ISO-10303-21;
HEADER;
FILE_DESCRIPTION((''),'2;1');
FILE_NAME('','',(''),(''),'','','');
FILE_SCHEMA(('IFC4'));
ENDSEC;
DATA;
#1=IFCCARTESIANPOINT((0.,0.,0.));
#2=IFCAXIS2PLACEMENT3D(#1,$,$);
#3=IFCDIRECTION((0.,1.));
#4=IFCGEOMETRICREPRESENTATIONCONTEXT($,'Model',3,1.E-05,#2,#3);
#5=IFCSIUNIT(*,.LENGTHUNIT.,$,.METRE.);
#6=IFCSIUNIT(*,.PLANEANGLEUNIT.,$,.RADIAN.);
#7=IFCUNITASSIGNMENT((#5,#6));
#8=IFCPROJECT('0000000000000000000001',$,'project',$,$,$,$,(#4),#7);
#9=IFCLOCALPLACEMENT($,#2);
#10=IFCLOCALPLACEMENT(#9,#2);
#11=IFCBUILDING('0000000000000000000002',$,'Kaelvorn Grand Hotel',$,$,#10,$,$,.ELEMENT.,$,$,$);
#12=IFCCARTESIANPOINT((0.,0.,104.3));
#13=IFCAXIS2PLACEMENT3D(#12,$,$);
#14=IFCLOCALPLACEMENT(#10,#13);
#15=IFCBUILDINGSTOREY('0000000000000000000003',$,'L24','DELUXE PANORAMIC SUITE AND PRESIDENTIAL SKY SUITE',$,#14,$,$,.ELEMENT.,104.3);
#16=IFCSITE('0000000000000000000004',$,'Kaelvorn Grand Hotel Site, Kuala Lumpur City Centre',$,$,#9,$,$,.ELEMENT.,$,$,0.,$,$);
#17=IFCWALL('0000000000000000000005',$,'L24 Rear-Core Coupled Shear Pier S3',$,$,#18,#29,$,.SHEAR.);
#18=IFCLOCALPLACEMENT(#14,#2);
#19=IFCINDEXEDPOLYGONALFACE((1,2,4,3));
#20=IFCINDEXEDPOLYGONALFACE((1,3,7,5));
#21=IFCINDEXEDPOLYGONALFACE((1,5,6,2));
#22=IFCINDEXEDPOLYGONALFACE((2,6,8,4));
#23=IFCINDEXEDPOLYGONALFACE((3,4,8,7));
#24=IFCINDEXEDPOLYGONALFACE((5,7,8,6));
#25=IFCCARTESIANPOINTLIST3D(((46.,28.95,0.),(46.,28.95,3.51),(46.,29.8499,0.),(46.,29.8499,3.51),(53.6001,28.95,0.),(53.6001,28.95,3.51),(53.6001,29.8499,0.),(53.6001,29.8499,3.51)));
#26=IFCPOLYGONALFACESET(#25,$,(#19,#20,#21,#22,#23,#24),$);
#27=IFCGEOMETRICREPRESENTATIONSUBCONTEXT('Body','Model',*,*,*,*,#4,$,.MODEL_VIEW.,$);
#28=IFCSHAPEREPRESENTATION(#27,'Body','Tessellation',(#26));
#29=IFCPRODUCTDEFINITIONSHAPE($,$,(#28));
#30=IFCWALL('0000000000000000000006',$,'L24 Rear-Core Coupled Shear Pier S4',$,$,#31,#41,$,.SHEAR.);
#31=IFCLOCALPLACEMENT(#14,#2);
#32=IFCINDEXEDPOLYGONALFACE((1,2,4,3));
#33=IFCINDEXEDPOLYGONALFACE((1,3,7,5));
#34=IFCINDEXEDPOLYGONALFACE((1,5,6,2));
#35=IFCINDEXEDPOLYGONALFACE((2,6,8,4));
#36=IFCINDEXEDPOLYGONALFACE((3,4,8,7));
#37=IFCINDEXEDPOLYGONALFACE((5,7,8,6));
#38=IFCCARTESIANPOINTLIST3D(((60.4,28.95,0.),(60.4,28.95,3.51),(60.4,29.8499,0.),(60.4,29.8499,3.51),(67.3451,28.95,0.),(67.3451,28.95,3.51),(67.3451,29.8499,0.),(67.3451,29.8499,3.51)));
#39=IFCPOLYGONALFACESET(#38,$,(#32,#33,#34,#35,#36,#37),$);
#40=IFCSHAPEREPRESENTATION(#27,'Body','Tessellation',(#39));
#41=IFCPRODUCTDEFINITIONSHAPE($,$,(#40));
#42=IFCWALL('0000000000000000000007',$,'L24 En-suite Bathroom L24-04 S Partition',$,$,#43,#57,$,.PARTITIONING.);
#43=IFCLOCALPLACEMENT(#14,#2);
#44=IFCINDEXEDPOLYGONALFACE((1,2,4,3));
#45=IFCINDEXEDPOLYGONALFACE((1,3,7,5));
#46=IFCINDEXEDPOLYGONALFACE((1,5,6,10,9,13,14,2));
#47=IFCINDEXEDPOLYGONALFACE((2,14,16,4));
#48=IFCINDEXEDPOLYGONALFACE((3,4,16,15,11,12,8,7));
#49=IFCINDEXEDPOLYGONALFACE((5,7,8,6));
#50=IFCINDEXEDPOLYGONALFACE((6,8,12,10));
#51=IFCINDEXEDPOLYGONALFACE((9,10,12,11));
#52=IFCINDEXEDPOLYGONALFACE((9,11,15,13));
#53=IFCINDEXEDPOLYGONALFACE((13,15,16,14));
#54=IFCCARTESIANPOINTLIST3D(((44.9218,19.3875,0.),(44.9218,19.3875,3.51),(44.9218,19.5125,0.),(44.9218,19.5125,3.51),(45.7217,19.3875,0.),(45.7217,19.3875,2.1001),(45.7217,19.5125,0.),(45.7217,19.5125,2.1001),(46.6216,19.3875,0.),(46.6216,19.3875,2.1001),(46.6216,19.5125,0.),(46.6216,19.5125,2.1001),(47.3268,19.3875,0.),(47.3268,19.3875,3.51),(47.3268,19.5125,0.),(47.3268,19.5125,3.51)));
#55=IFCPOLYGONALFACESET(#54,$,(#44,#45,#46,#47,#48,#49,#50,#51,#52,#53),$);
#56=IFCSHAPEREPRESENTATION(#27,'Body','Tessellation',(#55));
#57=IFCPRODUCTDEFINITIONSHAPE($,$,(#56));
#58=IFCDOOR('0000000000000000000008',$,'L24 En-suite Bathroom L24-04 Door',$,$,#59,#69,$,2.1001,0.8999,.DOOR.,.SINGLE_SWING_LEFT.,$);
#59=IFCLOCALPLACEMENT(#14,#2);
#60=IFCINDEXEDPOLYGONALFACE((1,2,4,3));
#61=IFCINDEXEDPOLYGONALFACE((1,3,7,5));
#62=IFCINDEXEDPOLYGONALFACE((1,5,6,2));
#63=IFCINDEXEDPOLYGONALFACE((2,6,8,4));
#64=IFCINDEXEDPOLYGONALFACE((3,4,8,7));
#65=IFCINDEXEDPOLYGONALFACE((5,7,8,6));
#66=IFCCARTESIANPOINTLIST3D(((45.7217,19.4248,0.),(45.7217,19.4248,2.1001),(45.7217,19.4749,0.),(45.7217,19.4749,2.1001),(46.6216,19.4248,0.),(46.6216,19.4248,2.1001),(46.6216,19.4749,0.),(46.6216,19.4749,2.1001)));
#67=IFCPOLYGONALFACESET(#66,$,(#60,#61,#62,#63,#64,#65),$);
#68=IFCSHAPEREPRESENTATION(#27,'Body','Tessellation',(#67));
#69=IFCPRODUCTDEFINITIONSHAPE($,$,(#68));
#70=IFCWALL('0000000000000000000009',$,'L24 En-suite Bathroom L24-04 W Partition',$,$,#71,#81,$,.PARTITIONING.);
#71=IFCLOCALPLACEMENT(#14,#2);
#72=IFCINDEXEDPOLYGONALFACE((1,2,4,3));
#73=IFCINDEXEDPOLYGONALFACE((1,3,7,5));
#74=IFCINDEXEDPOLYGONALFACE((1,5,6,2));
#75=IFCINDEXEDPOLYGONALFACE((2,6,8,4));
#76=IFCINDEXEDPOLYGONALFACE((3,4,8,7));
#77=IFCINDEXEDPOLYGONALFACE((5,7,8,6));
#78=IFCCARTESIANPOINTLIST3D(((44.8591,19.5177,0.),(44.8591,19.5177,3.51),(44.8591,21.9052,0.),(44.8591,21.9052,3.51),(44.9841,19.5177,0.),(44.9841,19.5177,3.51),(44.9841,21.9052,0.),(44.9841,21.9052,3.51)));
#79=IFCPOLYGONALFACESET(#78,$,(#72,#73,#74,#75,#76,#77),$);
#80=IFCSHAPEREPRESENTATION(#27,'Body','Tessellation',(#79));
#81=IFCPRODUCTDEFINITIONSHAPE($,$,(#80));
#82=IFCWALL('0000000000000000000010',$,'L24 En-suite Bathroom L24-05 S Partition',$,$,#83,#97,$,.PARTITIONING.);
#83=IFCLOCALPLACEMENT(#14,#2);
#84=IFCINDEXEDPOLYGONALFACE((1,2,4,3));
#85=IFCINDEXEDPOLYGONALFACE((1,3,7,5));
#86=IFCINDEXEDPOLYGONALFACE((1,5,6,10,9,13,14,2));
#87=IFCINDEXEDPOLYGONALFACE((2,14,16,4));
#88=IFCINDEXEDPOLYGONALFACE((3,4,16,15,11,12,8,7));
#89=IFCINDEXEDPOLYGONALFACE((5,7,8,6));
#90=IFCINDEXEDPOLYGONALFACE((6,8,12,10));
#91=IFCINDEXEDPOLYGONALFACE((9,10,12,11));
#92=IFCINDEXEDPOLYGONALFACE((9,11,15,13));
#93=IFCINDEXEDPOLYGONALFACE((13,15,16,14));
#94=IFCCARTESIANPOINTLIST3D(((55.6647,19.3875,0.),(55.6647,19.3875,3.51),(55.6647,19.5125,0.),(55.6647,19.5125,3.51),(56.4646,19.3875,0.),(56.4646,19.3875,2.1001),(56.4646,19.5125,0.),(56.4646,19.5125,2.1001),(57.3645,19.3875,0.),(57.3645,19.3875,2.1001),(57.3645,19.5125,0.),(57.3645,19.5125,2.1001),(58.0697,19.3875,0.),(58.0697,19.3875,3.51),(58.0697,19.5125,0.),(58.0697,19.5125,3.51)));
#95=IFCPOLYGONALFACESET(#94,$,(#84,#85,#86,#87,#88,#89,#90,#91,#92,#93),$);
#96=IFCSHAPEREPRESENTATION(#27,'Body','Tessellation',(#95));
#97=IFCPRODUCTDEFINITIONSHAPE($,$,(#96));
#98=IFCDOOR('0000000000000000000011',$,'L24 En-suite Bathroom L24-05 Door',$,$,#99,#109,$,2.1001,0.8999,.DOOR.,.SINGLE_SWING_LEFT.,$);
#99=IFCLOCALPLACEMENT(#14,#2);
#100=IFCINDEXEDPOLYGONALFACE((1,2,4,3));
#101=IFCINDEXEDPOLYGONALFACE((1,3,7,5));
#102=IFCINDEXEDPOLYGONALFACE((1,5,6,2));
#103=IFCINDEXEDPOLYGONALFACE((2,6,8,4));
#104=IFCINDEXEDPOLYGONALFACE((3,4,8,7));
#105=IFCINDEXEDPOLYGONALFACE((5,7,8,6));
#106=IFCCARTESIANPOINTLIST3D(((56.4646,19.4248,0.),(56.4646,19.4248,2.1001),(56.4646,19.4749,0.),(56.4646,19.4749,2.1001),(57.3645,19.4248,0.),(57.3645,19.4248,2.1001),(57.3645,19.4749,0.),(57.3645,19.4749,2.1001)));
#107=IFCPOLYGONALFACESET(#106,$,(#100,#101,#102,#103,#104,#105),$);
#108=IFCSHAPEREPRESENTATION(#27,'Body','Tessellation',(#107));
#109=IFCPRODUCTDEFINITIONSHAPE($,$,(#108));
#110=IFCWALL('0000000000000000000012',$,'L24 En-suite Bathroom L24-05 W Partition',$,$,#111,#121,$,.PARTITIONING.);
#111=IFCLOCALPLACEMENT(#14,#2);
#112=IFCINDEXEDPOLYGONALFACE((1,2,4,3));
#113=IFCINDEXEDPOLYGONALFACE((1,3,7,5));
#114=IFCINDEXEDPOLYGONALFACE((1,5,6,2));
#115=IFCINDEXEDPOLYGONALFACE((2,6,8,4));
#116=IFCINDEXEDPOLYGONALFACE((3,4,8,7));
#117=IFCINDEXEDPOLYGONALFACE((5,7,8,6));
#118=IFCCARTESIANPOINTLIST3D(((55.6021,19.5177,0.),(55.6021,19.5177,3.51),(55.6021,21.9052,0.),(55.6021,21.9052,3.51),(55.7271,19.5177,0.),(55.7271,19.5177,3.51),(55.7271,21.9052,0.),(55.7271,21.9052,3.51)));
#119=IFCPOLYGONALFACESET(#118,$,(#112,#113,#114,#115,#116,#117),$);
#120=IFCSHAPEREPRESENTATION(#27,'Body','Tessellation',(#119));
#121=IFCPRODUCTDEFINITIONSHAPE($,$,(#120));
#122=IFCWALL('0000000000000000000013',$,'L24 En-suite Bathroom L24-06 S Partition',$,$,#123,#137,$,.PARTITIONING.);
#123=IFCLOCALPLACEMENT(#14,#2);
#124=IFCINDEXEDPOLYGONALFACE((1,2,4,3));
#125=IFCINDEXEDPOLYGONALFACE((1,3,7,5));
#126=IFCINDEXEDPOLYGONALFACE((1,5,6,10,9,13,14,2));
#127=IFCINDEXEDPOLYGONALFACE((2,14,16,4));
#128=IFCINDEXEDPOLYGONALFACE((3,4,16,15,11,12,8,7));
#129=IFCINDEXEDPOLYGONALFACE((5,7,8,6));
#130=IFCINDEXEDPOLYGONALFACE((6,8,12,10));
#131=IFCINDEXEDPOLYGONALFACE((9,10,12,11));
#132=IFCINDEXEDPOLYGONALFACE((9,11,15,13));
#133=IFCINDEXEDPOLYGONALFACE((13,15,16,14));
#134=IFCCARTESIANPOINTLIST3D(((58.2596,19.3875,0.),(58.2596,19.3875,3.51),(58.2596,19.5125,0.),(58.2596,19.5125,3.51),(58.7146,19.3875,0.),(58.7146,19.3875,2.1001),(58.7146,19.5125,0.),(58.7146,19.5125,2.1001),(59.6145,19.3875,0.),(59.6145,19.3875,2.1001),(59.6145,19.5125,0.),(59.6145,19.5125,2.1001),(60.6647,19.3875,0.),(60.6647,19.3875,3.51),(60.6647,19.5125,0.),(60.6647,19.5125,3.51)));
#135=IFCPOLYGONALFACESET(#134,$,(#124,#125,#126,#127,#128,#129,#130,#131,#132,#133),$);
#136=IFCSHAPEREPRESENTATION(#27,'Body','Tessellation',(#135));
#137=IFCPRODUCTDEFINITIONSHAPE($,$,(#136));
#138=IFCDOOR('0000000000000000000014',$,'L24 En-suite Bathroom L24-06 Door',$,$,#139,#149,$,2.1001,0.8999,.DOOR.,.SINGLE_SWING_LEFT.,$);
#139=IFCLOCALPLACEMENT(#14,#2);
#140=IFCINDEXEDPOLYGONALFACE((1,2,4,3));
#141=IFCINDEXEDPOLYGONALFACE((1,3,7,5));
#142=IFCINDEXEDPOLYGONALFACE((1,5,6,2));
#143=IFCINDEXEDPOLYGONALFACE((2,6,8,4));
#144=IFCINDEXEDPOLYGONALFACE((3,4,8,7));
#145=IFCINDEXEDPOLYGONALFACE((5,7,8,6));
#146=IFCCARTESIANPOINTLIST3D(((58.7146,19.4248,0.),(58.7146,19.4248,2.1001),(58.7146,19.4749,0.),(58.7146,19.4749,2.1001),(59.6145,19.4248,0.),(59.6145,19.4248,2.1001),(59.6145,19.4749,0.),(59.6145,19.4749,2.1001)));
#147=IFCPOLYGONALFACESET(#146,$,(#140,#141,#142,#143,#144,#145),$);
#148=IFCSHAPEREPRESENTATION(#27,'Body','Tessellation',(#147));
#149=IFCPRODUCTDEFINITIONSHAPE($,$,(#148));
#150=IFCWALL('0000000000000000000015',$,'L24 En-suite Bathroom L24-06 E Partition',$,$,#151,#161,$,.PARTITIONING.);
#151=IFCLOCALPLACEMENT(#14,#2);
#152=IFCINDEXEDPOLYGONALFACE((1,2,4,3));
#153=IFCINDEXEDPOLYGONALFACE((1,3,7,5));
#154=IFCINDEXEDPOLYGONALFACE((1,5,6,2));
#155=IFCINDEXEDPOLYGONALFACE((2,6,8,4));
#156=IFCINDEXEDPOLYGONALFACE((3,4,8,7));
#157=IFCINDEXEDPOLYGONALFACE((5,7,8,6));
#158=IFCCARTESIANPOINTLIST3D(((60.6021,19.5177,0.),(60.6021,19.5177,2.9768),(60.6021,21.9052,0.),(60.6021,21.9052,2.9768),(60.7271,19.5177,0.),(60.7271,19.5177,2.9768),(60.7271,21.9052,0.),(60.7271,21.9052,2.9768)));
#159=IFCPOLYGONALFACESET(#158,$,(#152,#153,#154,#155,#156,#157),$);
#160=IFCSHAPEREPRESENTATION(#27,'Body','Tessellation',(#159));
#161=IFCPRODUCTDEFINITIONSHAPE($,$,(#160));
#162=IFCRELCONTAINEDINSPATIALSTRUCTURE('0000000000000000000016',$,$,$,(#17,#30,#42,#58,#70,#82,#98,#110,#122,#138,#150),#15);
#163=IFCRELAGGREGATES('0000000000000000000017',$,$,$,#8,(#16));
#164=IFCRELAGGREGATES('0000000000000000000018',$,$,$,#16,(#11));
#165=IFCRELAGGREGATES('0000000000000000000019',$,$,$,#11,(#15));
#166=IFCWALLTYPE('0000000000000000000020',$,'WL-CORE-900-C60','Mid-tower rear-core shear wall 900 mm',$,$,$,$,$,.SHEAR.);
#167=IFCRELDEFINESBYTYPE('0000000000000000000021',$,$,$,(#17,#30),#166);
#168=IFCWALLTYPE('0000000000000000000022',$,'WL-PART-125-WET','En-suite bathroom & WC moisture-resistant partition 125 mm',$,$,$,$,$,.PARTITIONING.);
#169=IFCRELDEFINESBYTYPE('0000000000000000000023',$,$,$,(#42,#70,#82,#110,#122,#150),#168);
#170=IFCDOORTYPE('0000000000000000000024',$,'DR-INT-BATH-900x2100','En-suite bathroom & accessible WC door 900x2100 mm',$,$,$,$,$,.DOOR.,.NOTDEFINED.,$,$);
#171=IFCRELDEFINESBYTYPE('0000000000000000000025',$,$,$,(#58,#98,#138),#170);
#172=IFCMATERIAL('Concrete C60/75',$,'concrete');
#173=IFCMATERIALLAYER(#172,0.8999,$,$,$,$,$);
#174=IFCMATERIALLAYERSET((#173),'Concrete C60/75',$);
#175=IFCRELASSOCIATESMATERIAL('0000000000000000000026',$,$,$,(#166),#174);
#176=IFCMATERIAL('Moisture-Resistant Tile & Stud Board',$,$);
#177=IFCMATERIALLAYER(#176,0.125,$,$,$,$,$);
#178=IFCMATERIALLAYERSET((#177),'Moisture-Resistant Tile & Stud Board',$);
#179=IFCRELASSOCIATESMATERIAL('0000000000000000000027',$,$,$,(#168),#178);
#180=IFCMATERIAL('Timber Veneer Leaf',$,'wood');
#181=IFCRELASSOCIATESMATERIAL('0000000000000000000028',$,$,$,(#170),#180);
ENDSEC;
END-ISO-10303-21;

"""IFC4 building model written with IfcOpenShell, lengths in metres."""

from ifc_helpers import new_model, si_unit, direction, frame, frame_2d, origin, place, context, subcontext, project, spatial, rectangle, extrude, material, layer, layer_set, type_object, element, fill, save


model = new_model("IFC4")

# Units and contexts
model_context = context("Model", 3, precision=1e-05, world=origin(), true_north=direction((0.0, 1.0)))
body_context = subcontext(model_context, "Body", "Model", "MODEL_VIEW")
ifc_project = project(units=[si_unit("LENGTHUNIT", "METRE"), si_unit("PLANEANGLEUNIT", "RADIAN")], contexts=[model_context])

# Site, building, storey
site_placement = place(None, origin())
site = spatial("IfcSite", under=ifc_project, at=site_placement, Name="Kaelvorn Grand Hotel Site, Kuala Lumpur City Centre", CompositionType="ELEMENT", RefElevation=0.0)
building_placement = place(site_placement, origin())
building = spatial("IfcBuilding", under=site, at=building_placement, Name="Kaelvorn Grand Hotel", CompositionType="ELEMENT")
storey_placement = place(building_placement, frame((0.0, 0.0, 104.3)))
storey = spatial("IfcBuildingStorey", under=building, at=storey_placement, Name="L24", Description="DELUXE PANORAMIC SUITE AND PRESIDENTIAL SKY SUITE", CompositionType="ELEMENT", Elevation=104.3)

# Shared definitions
ifc_material_1 = material(Name="Concrete C60/75", Category="concrete")

# Walls
ifc_layer_1 = layer(ifc_material_1, 0.8999)
ifc_layer_set_1 = layer_set([ifc_layer_1], Name="Concrete C60/75")
wall_type_1 = type_object("IfcWallType", Name="WL-CORE-900-C60", Description="Mid-tower rear-core shear wall 900 mm", PredefinedType="SHEAR", material=ifc_layer_set_1)
wall_1_placement = place(storey_placement, frame((46.0, 29.3999, 0.0), z_axis=(0.0, 0.0, 1.0), x_axis=(1.0, 0.0, 0.0)))
element("IfcWall", 1, at=wall_1_placement, inside=storey, type_object=wall_type_1, Name="L24 Rear-Core Coupled Shear Pier S3", PredefinedType="SHEAR", context=body_context, shape_type="SweptSolid", body=[
    extrude(rectangle(XDim=7.6001, YDim=0.8999, at=frame_2d((3.8, 0.0))), origin(), (0.0, 0.0, 1.0), 3.51),
])
wall_2_placement = place(storey_placement, frame((60.3999, 29.3999, 0.0), z_axis=(0.0, 0.0, 1.0), x_axis=(1.0, 0.0, 0.0)))
element("IfcWall", 2, at=wall_2_placement, inside=storey, type_object=wall_type_1, Name="L24 Rear-Core Coupled Shear Pier S4", PredefinedType="SHEAR", context=body_context, shape_type="SweptSolid", body=[
    extrude(rectangle(XDim=6.9451, YDim=0.8999, at=frame_2d((3.4727, 0.0))), origin(), (0.0, 0.0, 1.0), 3.51),
])

# Wall, opening, door
ifc_material_2 = material(Name="Moisture-Resistant Tile & Stud Board")
ifc_layer_2 = layer(ifc_material_2, 0.125)
ifc_layer_set_2 = layer_set([ifc_layer_2], Name="Moisture-Resistant Tile & Stud Board")
wall_type_2 = type_object("IfcWallType", Name="WL-PART-125-WET", Description="En-suite bathroom & WC moisture-resistant partition 125 mm", PredefinedType="PARTITIONING", material=ifc_layer_set_2)
wall_3_placement = place(storey_placement, frame((44.9216, 19.45, 0.0), z_axis=(0.0, 0.0, 1.0), x_axis=(1.0, 0.0, 0.0)))
wall_3 = element("IfcWall", 3, at=wall_3_placement, inside=storey, type_object=wall_type_2, Name="L24 En-suite Bathroom L24-04 S Partition", PredefinedType="PARTITIONING", context=body_context, shape_type="SweptSolid", body=[
    extrude(rectangle(XDim=2.405, YDim=0.125, at=frame_2d((1.2026, 0.0))), origin(), (0.0, 0.0, 1.0), 3.51),
])
opening_1_placement = place(wall_3_placement, frame((0.8, 0.0, 0.0)))
opening_1 = element("IfcOpeningElement", 4, at=opening_1_placement, cuts=wall_3, PredefinedType="OPENING", context=body_context, shape_type="SweptSolid", body=[
    extrude(rectangle(XDim=0.8999, YDim=2.1001, at=frame_2d((0.45, 1.05))), frame((0.0, 0.0725, 0.0), z_axis=(0.0, -1.0, 0.0), x_axis=(1.0, 0.0, 0.0)), (0.0, 0.0, 1.0), 0.145),
])
ifc_material_3 = material(Name="Timber Veneer Leaf", Category="wood")
door_type_1 = type_object("IfcDoorType", Name="DR-INT-BATH-900x2100", Description="En-suite bathroom & accessible WC door 900x2100 mm", OperationType="NOTDEFINED", PredefinedType="DOOR", material=ifc_material_3)
door_1_placement = place(opening_1_placement, origin())
door_1 = element("IfcDoor", 5, at=door_1_placement, inside=storey, type_object=door_type_1, Name="L24 En-suite Bathroom L24-04 Door", OperationType="SINGLE_SWING_LEFT", OverallHeight=2.1001, OverallWidth=0.8999, PredefinedType="DOOR", context=body_context, shape_type="SweptSolid", body=[
    extrude(rectangle(XDim=0.8999, YDim=2.1001, at=frame_2d((0.45, 1.05))), frame((0.0, 0.0249, 0.0), z_axis=(0.0, -1.0, 0.0), x_axis=(1.0, 0.0, 0.0)), (0.0, 0.0, 1.0), 0.05),
])
fill(opening_1, door_1)

# Wall
wall_4_placement = place(storey_placement, frame((44.9216, 19.5176, 0.0), z_axis=(0.0, 0.0, 1.0), x_axis=(0.0, 1.0, 0.0)))
element("IfcWall", 6, at=wall_4_placement, inside=storey, type_object=wall_type_2, Name="L24 En-suite Bathroom L24-04 W Partition", PredefinedType="PARTITIONING", context=body_context, shape_type="SweptSolid", body=[
    extrude(rectangle(XDim=2.3875, YDim=0.125, at=frame_2d((1.1938, 0.0))), origin(), (0.0, 0.0, 1.0), 3.51),
])

# Wall, opening, door
wall_5_placement = place(storey_placement, frame((55.6646, 19.45, 0.0), z_axis=(0.0, 0.0, 1.0), x_axis=(1.0, 0.0, 0.0)))
wall_5 = element("IfcWall", 7, at=wall_5_placement, inside=storey, type_object=wall_type_2, Name="L24 En-suite Bathroom L24-05 S Partition", PredefinedType="PARTITIONING", context=body_context, shape_type="SweptSolid", body=[
    extrude(rectangle(XDim=2.405, YDim=0.125, at=frame_2d((1.2026, 0.0))), origin(), (0.0, 0.0, 1.0), 3.51),
])
opening_2_placement = place(wall_5_placement, frame((0.8, 0.0, 0.0)))
opening_2 = element("IfcOpeningElement", 8, at=opening_2_placement, cuts=wall_5, PredefinedType="OPENING", context=body_context, shape_type="SweptSolid", body=[
    extrude(rectangle(XDim=0.8999, YDim=2.1001, at=frame_2d((0.45, 1.05))), frame((0.0, 0.0725, 0.0), z_axis=(0.0, -1.0, 0.0), x_axis=(1.0, 0.0, 0.0)), (0.0, 0.0, 1.0), 0.145),
])
door_2_placement = place(opening_2_placement, origin())
door_2 = element("IfcDoor", 9, at=door_2_placement, inside=storey, type_object=door_type_1, Name="L24 En-suite Bathroom L24-05 Door", OperationType="SINGLE_SWING_LEFT", OverallHeight=2.1001, OverallWidth=0.8999, PredefinedType="DOOR", context=body_context, shape_type="SweptSolid", body=[
    extrude(rectangle(XDim=0.8999, YDim=2.1001, at=frame_2d((0.45, 1.05))), frame((0.0, 0.0249, 0.0), z_axis=(0.0, -1.0, 0.0), x_axis=(1.0, 0.0, 0.0)), (0.0, 0.0, 1.0), 0.05),
])
fill(opening_2, door_2)

# Wall
wall_6_placement = place(storey_placement, frame((55.6646, 19.5176, 0.0), z_axis=(0.0, 0.0, 1.0), x_axis=(0.0, 1.0, 0.0)))
element("IfcWall", 10, at=wall_6_placement, inside=storey, type_object=wall_type_2, Name="L24 En-suite Bathroom L24-05 W Partition", PredefinedType="PARTITIONING", context=body_context, shape_type="SweptSolid", body=[
    extrude(rectangle(XDim=2.3875, YDim=0.125, at=frame_2d((1.1938, 0.0))), origin(), (0.0, 0.0, 1.0), 3.51),
])

# Wall, opening, door
wall_7_placement = place(storey_placement, frame((58.2595, 19.45, 0.0), z_axis=(0.0, 0.0, 1.0), x_axis=(1.0, 0.0, 0.0)))
wall_7 = element("IfcWall", 11, at=wall_7_placement, inside=storey, type_object=wall_type_2, Name="L24 En-suite Bathroom L24-06 S Partition", PredefinedType="PARTITIONING", context=body_context, shape_type="SweptSolid", body=[
    extrude(rectangle(XDim=2.405, YDim=0.125, at=frame_2d((1.2026, 0.0))), origin(), (0.0, 0.0, 1.0), 3.51),
])
opening_3_placement = place(wall_7_placement, frame((0.4551, 0.0, 0.0)))
opening_3 = element("IfcOpeningElement", 12, at=opening_3_placement, cuts=wall_7, PredefinedType="OPENING", context=body_context, shape_type="SweptSolid", body=[
    extrude(rectangle(XDim=0.8999, YDim=2.1001, at=frame_2d((0.45, 1.05))), frame((0.0, 0.0725, 0.0), z_axis=(0.0, -1.0, 0.0), x_axis=(1.0, 0.0, 0.0)), (0.0, 0.0, 1.0), 0.145),
])
door_3_placement = place(opening_3_placement, origin())
door_3 = element("IfcDoor", 13, at=door_3_placement, inside=storey, type_object=door_type_1, Name="L24 En-suite Bathroom L24-06 Door", OperationType="SINGLE_SWING_LEFT", OverallHeight=2.1001, OverallWidth=0.8999, PredefinedType="DOOR", context=body_context, shape_type="SweptSolid", body=[
    extrude(rectangle(XDim=0.8999, YDim=2.1001, at=frame_2d((0.45, 1.05))), frame((0.0, 0.0249, 0.0), z_axis=(0.0, -1.0, 0.0), x_axis=(1.0, 0.0, 0.0)), (0.0, 0.0, 1.0), 0.05),
])
fill(opening_3, door_3)

# Wall
wall_8_placement = place(storey_placement, frame((60.6646, 19.5176, 0.0), z_axis=(0.0, 0.0, 1.0), x_axis=(0.0, 1.0, 0.0)))
element("IfcWall", 14, at=wall_8_placement, inside=storey, type_object=wall_type_2, Name="L24 En-suite Bathroom L24-06 E Partition", PredefinedType="PARTITIONING", context=body_context, shape_type="SweptSolid", body=[
    extrude(rectangle(XDim=2.3875, YDim=0.125, at=frame_2d((1.1938, 0.0))), origin(), (0.0, 0.0, 1.0), 2.9768),
])

save(model, "model.ifc")
